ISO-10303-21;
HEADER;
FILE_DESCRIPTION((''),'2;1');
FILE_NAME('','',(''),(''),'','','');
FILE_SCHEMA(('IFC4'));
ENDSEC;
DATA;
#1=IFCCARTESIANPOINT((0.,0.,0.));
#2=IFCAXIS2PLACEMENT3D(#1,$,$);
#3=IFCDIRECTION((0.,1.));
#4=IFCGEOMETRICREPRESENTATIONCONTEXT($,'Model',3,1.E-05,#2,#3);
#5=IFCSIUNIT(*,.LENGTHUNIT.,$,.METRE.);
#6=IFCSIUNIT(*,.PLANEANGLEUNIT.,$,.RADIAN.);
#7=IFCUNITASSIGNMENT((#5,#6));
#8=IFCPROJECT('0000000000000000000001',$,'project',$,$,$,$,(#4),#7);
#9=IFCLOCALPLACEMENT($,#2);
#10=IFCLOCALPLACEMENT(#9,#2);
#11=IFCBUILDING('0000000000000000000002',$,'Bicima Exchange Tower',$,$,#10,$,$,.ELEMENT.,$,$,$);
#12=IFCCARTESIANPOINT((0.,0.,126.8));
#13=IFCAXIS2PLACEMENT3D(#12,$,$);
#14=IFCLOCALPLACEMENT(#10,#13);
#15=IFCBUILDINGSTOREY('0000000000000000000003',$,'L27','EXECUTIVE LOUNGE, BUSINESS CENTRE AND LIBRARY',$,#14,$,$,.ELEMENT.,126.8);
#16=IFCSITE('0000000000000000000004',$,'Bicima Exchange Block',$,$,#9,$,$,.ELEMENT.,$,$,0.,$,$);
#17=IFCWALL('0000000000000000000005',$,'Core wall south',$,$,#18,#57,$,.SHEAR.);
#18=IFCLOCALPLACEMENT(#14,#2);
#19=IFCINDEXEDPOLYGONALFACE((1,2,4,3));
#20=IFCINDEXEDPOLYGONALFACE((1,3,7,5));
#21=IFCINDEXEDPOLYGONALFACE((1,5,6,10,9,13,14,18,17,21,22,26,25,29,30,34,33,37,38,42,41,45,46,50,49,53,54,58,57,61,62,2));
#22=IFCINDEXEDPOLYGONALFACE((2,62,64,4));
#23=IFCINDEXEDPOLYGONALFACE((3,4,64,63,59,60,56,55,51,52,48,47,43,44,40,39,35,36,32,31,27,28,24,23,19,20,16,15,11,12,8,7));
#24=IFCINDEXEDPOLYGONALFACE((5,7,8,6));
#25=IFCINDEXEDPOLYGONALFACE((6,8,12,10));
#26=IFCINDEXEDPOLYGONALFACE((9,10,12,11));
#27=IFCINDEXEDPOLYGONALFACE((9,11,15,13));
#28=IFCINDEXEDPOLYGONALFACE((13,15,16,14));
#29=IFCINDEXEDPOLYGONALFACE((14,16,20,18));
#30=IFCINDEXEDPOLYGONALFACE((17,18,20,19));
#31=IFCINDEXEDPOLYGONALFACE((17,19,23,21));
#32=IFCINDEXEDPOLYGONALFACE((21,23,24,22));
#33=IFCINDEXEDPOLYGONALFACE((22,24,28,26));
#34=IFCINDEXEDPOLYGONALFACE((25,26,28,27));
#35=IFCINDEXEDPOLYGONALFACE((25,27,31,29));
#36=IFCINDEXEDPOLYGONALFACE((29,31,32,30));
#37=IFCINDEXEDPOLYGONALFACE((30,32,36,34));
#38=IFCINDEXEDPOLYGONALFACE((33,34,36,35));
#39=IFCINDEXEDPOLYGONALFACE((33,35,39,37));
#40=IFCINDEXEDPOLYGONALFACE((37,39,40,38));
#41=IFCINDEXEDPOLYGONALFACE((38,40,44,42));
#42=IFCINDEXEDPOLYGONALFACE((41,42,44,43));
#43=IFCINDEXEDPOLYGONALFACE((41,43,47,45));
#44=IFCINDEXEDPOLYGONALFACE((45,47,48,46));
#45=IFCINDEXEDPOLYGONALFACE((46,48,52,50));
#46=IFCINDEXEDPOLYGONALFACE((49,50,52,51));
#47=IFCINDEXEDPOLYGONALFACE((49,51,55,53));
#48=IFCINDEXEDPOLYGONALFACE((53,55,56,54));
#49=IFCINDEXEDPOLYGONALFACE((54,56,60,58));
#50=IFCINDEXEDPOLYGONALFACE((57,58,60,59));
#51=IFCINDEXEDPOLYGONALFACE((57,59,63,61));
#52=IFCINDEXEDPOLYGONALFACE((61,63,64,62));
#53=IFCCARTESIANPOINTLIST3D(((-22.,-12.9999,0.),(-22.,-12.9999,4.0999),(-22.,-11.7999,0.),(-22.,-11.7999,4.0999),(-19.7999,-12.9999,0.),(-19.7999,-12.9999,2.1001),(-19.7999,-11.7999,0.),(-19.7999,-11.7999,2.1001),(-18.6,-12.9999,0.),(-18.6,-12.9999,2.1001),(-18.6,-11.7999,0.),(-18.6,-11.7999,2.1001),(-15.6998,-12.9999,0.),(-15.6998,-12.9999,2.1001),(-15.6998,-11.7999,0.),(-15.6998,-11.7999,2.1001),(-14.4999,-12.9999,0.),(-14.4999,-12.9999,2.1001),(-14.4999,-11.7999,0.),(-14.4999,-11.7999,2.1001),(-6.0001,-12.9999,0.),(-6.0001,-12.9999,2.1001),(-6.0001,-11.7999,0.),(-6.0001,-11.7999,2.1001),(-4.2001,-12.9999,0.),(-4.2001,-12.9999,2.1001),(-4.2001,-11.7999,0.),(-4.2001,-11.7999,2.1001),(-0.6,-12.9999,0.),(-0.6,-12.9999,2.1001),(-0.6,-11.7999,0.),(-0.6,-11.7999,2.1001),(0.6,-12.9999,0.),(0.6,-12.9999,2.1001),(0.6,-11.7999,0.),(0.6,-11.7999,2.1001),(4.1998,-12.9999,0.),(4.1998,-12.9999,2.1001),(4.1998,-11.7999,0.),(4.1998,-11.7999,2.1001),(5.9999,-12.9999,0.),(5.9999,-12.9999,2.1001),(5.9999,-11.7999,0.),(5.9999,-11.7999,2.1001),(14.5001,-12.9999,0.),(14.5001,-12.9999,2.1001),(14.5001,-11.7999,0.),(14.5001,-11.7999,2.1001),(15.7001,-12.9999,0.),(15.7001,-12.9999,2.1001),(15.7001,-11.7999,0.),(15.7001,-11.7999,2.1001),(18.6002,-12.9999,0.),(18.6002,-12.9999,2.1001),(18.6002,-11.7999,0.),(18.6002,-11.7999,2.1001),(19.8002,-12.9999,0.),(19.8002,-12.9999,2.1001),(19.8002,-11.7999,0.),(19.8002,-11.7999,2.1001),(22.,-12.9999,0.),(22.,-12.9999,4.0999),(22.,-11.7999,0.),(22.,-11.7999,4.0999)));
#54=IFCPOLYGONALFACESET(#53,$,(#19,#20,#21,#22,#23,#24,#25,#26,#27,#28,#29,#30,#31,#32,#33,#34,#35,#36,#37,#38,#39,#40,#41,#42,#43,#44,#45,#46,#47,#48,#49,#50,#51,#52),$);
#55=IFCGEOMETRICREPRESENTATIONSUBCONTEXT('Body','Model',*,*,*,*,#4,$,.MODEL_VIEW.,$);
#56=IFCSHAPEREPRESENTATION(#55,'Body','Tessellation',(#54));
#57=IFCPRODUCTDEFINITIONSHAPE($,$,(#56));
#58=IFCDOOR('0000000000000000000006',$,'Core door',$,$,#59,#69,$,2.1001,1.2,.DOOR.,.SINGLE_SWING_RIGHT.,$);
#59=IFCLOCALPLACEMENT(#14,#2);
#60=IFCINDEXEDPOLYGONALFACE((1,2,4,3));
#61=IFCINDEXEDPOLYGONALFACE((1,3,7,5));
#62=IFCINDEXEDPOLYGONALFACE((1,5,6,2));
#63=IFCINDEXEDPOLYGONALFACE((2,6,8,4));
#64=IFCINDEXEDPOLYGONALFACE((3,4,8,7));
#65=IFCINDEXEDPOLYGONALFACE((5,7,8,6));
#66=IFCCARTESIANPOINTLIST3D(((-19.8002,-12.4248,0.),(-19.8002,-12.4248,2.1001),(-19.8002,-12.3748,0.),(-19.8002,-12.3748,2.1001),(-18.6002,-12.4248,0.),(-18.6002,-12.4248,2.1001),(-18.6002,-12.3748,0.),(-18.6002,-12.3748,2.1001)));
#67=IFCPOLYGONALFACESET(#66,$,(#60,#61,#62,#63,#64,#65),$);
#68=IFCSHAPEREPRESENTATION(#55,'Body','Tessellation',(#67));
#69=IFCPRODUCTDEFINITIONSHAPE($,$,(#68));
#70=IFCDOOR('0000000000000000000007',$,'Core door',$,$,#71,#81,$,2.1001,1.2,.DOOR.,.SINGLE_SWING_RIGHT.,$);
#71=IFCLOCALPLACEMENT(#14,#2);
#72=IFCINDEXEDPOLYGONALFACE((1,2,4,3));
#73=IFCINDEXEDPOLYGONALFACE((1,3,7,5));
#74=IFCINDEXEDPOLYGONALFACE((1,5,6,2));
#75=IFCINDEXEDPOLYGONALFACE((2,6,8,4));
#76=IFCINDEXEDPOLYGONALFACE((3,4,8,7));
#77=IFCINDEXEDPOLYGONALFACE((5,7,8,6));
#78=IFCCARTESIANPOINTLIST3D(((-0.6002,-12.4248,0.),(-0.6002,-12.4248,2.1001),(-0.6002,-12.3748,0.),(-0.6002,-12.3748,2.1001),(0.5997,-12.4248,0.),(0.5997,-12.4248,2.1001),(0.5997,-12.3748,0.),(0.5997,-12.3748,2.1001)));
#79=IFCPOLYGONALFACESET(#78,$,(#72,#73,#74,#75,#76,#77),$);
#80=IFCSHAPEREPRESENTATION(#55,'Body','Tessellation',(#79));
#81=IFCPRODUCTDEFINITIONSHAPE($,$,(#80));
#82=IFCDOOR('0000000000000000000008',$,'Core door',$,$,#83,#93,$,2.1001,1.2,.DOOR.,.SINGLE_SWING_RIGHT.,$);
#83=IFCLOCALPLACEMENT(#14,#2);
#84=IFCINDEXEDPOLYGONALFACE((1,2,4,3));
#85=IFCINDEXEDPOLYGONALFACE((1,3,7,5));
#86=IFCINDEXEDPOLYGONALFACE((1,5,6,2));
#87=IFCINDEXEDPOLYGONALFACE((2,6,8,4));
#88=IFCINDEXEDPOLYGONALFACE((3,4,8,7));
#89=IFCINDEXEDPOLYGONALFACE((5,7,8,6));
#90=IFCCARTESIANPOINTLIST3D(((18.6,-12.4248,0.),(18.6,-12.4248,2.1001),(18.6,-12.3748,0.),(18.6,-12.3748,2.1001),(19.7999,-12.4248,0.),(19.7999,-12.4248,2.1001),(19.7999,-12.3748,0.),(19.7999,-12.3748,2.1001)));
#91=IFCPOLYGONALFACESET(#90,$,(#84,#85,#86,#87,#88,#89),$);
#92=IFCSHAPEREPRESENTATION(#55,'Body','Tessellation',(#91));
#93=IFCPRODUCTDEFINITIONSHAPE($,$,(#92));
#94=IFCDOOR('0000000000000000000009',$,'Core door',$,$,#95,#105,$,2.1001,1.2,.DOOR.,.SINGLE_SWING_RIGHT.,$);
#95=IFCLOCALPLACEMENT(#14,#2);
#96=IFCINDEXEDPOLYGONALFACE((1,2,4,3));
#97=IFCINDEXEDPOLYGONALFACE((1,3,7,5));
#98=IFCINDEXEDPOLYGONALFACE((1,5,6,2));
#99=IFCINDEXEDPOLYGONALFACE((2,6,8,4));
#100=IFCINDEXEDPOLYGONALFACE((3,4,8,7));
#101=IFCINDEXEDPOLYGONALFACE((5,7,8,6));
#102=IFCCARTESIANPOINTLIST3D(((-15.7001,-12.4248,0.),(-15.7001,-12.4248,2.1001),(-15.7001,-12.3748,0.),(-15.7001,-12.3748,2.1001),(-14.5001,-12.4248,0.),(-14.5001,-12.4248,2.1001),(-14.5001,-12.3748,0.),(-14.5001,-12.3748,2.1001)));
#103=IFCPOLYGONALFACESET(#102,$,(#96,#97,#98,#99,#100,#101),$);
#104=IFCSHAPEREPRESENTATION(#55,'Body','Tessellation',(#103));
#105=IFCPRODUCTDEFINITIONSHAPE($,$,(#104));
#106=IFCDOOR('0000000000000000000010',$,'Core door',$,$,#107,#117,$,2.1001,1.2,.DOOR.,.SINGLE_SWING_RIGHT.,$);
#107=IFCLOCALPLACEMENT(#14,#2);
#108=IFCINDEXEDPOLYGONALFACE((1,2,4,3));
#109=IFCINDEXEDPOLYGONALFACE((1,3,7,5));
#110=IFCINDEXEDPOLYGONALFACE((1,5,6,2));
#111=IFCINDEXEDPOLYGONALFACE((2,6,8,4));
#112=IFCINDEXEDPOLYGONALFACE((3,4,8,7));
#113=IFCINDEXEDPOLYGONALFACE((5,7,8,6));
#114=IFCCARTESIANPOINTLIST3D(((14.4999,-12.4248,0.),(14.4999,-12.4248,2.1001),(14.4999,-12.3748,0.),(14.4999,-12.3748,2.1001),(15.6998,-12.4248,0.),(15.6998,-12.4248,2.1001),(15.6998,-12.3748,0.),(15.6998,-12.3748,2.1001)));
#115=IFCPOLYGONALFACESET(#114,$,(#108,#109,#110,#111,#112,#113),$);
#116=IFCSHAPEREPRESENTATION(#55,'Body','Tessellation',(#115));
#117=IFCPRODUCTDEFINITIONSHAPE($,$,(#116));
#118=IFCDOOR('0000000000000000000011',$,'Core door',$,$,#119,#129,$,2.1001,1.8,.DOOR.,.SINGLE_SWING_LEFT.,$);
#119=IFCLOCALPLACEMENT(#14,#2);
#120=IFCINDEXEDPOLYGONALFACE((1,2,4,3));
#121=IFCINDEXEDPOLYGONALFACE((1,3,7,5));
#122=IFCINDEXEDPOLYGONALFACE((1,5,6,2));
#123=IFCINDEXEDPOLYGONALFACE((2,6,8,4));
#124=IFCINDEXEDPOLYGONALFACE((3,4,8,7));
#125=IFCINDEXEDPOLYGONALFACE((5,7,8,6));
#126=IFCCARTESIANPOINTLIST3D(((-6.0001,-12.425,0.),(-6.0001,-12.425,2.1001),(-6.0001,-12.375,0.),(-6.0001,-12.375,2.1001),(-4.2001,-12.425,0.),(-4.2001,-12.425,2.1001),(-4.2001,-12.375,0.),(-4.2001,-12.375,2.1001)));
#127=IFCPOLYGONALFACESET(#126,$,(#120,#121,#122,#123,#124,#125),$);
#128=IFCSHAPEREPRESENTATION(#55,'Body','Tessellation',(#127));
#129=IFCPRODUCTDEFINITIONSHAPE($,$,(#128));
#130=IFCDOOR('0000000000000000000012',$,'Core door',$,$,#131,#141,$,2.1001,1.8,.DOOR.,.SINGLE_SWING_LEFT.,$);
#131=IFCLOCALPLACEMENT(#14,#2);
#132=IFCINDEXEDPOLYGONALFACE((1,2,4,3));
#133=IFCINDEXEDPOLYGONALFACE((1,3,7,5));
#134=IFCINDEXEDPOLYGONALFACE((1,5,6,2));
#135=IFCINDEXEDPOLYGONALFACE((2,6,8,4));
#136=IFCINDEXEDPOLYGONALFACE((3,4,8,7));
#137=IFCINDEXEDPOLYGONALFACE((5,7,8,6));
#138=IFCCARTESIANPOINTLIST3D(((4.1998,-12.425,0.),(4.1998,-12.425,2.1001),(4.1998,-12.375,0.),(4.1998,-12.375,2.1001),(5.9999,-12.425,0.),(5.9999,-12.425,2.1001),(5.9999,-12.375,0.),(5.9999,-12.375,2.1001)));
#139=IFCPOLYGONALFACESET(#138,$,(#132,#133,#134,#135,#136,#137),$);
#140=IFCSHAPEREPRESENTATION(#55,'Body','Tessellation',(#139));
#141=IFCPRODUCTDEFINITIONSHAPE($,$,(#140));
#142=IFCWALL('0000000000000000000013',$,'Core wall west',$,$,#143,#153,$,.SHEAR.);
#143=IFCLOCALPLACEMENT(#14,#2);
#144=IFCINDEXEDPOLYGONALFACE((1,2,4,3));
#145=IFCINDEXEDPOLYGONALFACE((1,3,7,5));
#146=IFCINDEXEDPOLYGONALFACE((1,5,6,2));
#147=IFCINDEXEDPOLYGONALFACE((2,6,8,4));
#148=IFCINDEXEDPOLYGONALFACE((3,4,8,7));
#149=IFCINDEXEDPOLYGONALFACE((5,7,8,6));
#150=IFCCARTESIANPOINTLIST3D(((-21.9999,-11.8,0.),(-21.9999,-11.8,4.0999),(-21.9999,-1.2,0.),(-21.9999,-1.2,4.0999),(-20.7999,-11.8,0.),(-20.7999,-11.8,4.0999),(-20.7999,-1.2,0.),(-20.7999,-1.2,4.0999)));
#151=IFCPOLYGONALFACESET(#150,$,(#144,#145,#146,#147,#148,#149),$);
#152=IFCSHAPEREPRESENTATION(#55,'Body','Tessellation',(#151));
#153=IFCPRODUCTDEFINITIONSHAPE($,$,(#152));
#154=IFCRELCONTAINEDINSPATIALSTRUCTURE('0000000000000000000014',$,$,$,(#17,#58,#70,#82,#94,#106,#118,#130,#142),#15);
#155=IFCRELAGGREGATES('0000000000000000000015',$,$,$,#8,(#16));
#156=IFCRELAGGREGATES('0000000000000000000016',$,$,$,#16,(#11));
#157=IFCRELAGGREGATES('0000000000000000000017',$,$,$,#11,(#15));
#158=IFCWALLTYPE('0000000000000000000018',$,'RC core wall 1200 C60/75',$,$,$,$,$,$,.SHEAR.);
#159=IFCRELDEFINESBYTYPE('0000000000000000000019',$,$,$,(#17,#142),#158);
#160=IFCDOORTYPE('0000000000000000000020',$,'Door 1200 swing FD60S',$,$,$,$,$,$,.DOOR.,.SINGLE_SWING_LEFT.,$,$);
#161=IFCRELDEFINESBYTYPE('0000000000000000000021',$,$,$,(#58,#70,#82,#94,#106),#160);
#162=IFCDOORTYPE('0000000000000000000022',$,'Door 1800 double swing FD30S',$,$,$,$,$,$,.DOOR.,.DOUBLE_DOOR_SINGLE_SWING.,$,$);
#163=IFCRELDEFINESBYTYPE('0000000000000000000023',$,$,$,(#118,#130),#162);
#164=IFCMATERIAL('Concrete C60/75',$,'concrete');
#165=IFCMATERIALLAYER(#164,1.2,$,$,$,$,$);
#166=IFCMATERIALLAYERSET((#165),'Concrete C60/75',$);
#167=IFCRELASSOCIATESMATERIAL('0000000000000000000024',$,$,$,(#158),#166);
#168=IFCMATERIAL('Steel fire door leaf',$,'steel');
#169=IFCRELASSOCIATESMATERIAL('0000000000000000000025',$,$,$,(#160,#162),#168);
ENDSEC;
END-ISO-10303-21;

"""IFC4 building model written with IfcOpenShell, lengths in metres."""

from ifc_helpers import new_model, si_unit, direction, frame, frame_2d, origin, place, context, subcontext, project, spatial, rectangle, extrude, material, layer, layer_set, type_object, element, fill, save


model = new_model("IFC4")

# Units and contexts
model_context = context("Model", 3, precision=1e-05, world=origin(), true_north=direction((0.0, 1.0)))
body_context = subcontext(model_context, "Body", "Model", "MODEL_VIEW")
ifc_project = project(units=[si_unit("LENGTHUNIT", "METRE"), si_unit("PLANEANGLEUNIT", "RADIAN")], contexts=[model_context])

# Site, building, storey
site_placement = place(None, origin())
site = spatial("IfcSite", under=ifc_project, at=site_placement, Name="Bicima Exchange Block", CompositionType="ELEMENT", RefElevation=0.0)
building_placement = place(site_placement, origin())
building = spatial("IfcBuilding", under=site, at=building_placement, Name="Bicima Exchange Tower", CompositionType="ELEMENT")
storey_placement = place(building_placement, frame((0.0, 0.0, 126.8)))
storey = spatial("IfcBuildingStorey", under=building, at=storey_placement, Name="L27", Description="EXECUTIVE LOUNGE, BUSINESS CENTRE AND LIBRARY", CompositionType="ELEMENT", Elevation=126.8)

# Wall, openings, doors
ifc_material_1 = material(Name="Concrete C60/75", Category="concrete")
ifc_layer_1 = layer(ifc_material_1, 1.2)
ifc_layer_set_1 = layer_set([ifc_layer_1], Name="Concrete C60/75")
wall_type_1 = type_object("IfcWallType", Name="RC core wall 1200 C60/75", PredefinedType="SHEAR", material=ifc_layer_set_1)
wall_1_placement = place(storey_placement, frame((-22.0, -12.3999, 0.0), z_axis=(0.0, 0.0, 1.0), x_axis=(1.0, 0.0, 0.0)))
wall_1 = element("IfcWall", 1, at=wall_1_placement, inside=storey, type_object=wall_type_1, Name="Core wall south", PredefinedType="SHEAR", context=body_context, shape_type="SweptSolid", body=[
    extrude(rectangle(XDim=44.0, YDim=1.2, at=frame_2d((22.0, 0.0))), origin(), (0.0, 0.0, 1.0), 4.0999),
])
opening_1_placement = place(wall_1_placement, frame((2.2, 0.0, 0.0)))
opening_1 = element("IfcOpeningElement", 2, at=opening_1_placement, cuts=wall_1, PredefinedType="OPENING", context=body_context, shape_type="SweptSolid", body=[
    extrude(rectangle(XDim=1.2, YDim=2.1001, at=frame_2d((0.6001, 1.05))), frame((0.0, 0.6118, 0.0), z_axis=(0.0, -1.0, 0.0), x_axis=(1.0, 0.0, 0.0)), (0.0, 0.0, 1.0), 1.2239),
])
opening_2_placement = place(wall_1_placement, frame((21.3999, 0.0, 0.0)))
opening_2 = element("IfcOpeningElement", 3, at=opening_2_placement, cuts=wall_1, PredefinedType="OPENING", context=body_context, shape_type="SweptSolid", body=[
    extrude(rectangle(XDim=1.2, YDim=2.1001, at=frame_2d((0.6001, 1.05))), frame((0.0, 0.6118, 0.0), z_axis=(0.0, -1.0, 0.0), x_axis=(1.0, 0.0, 0.0)), (0.0, 0.0, 1.0), 1.2239),
])
opening_3_placement = place(wall_1_placement, frame((40.6001, 0.0, 0.0)))
opening_3 = element("IfcOpeningElement", 4, at=opening_3_placement, cuts=wall_1, PredefinedType="OPENING", context=body_context, shape_type="SweptSolid", body=[
    extrude(rectangle(XDim=1.2, YDim=2.1001, at=frame_2d((0.6001, 1.05))), frame((0.0, 0.6118, 0.0), z_axis=(0.0, -1.0, 0.0), x_axis=(1.0, 0.0, 0.0)), (0.0, 0.0, 1.0), 1.2239),
])
opening_4_placement = place(wall_1_placement, frame((16.0, 0.0, 0.0)))
opening_4 = element("IfcOpeningElement", 5, at=opening_4_placement, cuts=wall_1, PredefinedType="OPENING", context=body_context, shape_type="SweptSolid", body=[
    extrude(rectangle(XDim=1.8, YDim=2.1001, at=frame_2d((0.8999, 1.05))), frame((0.0, 0.6118, 0.0), z_axis=(0.0, -1.0, 0.0), x_axis=(1.0, 0.0, 0.0)), (0.0, 0.0, 1.0), 1.2239),
])
opening_5_placement = place(wall_1_placement, frame((6.3, 0.0, 0.0)))
opening_5 = element("IfcOpeningElement", 6, at=opening_5_placement, cuts=wall_1, PredefinedType="OPENING", context=body_context, shape_type="SweptSolid", body=[
    extrude(rectangle(XDim=1.2, YDim=2.1001, at=frame_2d((0.6001, 1.05))), frame((0.0, 0.6118, 0.0), z_axis=(0.0, -1.0, 0.0), x_axis=(1.0, 0.0, 0.0)), (0.0, 0.0, 1.0), 1.2239),
])
opening_6_placement = place(wall_1_placement, frame((26.2, 0.0, 0.0)))
opening_6 = element("IfcOpeningElement", 7, at=opening_6_placement, cuts=wall_1, PredefinedType="OPENING", context=body_context, shape_type="SweptSolid", body=[
    extrude(rectangle(XDim=1.8, YDim=2.1001, at=frame_2d((0.8999, 1.05))), frame((0.0, 0.6118, 0.0), z_axis=(0.0, -1.0, 0.0), x_axis=(1.0, 0.0, 0.0)), (0.0, 0.0, 1.0), 1.2239),
])
opening_7_placement = place(wall_1_placement, frame((36.5, 0.0, 0.0)))
opening_7 = element("IfcOpeningElement", 8, at=opening_7_placement, cuts=wall_1, PredefinedType="OPENING", context=body_context, shape_type="SweptSolid", body=[
    extrude(rectangle(XDim=1.2, YDim=2.1001, at=frame_2d((0.6001, 1.05))), frame((0.0, 0.6118, 0.0), z_axis=(0.0, -1.0, 0.0), x_axis=(1.0, 0.0, 0.0)), (0.0, 0.0, 1.0), 1.2239),
])
ifc_material_2 = material(Name="Steel fire door leaf", Category="steel")
door_type_1 = type_object("IfcDoorType", Name="Door 1200 swing FD60S", OperationType="SINGLE_SWING_LEFT", PredefinedType="DOOR", material=ifc_material_2)
door_1_placement = place(opening_1_placement, frame((1.2, 0.0, 0.0), z_axis=(0.0, 0.0, 1.0), x_axis=(-1.0, 0.0, 0.0)))
door_1 = element("IfcDoor", 9, at=door_1_placement, inside=storey, type_object=door_type_1, Name="Core door", OperationType="SINGLE_SWING_RIGHT", OverallHeight=2.1001, OverallWidth=1.2, PredefinedType="DOOR", context=body_context, shape_type="SweptSolid", body=[
    extrude(rectangle(XDim=1.2, YDim=2.1001, at=frame_2d((0.6001, 1.05))), frame((0.0, 0.0249, 0.0), z_axis=(0.0, -1.0, 0.0), x_axis=(1.0, 0.0, 0.0)), (0.0, 0.0, 1.0), 0.05),
])
fill(opening_1, door_1)
door_2_placement = place(opening_2_placement, frame((1.2, 0.0, 0.0), z_axis=(0.0, 0.0, 1.0), x_axis=(-1.0, 0.0, 0.0)))
door_2 = element("IfcDoor", 10, at=door_2_placement, inside=storey, type_object=door_type_1, Name="Core door", OperationType="SINGLE_SWING_RIGHT", OverallHeight=2.1001, OverallWidth=1.2, PredefinedType="DOOR", context=body_context, shape_type="SweptSolid", body=[
    extrude(rectangle(XDim=1.2, YDim=2.1001, at=frame_2d((0.6001, 1.05))), frame((0.0, 0.0249, 0.0), z_axis=(0.0, -1.0, 0.0), x_axis=(1.0, 0.0, 0.0)), (0.0, 0.0, 1.0), 0.05),
])
fill(opening_2, door_2)
door_3_placement = place(opening_3_placement, frame((1.2, 0.0, 0.0), z_axis=(0.0, 0.0, 1.0), x_axis=(-1.0, 0.0, 0.0)))
door_3 = element("IfcDoor", 11, at=door_3_placement, inside=storey, type_object=door_type_1, Name="Core door", OperationType="SINGLE_SWING_RIGHT", OverallHeight=2.1001, OverallWidth=1.2, PredefinedType="DOOR", context=body_context, shape_type="SweptSolid", body=[
    extrude(rectangle(XDim=1.2, YDim=2.1001, at=frame_2d((0.6001, 1.05))), frame((0.0, 0.0249, 0.0), z_axis=(0.0, -1.0, 0.0), x_axis=(1.0, 0.0, 0.0)), (0.0, 0.0, 1.0), 0.05),
])
fill(opening_3, door_3)
door_4_placement = place(opening_5_placement, frame((1.2, 0.0, 0.0), z_axis=(0.0, 0.0, 1.0), x_axis=(-1.0, 0.0, 0.0)))
door_4 = element("IfcDoor", 12, at=door_4_placement, inside=storey, type_object=door_type_1, Name="Core door", OperationType="SINGLE_SWING_RIGHT", OverallHeight=2.1001, OverallWidth=1.2, PredefinedType="DOOR", context=body_context, shape_type="SweptSolid", body=[
    extrude(rectangle(XDim=1.2, YDim=2.1001, at=frame_2d((0.6001, 1.05))), frame((0.0, 0.0249, 0.0), z_axis=(0.0, -1.0, 0.0), x_axis=(1.0, 0.0, 0.0)), (0.0, 0.0, 1.0), 0.05),
])
fill(opening_5, door_4)
door_5_placement = place(opening_7_placement, frame((1.2, 0.0, 0.0), z_axis=(0.0, 0.0, 1.0), x_axis=(-1.0, 0.0, 0.0)))
door_5 = element("IfcDoor", 13, at=door_5_placement, inside=storey, type_object=door_type_1, Name="Core door", OperationType="SINGLE_SWING_RIGHT", OverallHeight=2.1001, OverallWidth=1.2, PredefinedType="DOOR", context=body_context, shape_type="SweptSolid", body=[
    extrude(rectangle(XDim=1.2, YDim=2.1001, at=frame_2d((0.6001, 1.05))), frame((0.0, 0.0249, 0.0), z_axis=(0.0, -1.0, 0.0), x_axis=(1.0, 0.0, 0.0)), (0.0, 0.0, 1.0), 0.05),
])
fill(opening_7, door_5)
door_type_2 = type_object("IfcDoorType", Name="Door 1800 double swing FD30S", OperationType="DOUBLE_DOOR_SINGLE_SWING", PredefinedType="DOOR", material=ifc_material_2)
door_6_placement = place(opening_4_placement, origin())
door_6 = element("IfcDoor", 14, at=door_6_placement, inside=storey, type_object=door_type_2, Name="Core door", OperationType="SINGLE_SWING_LEFT", OverallHeight=2.1001, OverallWidth=1.8, PredefinedType="DOOR", context=body_context, shape_type="SweptSolid", body=[
    extrude(rectangle(XDim=1.8, YDim=2.1001, at=frame_2d((0.8999, 1.05))), frame((0.0, 0.0249, 0.0), z_axis=(0.0, -1.0, 0.0), x_axis=(1.0, 0.0, 0.0)), (0.0, 0.0, 1.0), 0.05),
])
fill(opening_4, door_6)
door_7_placement = place(opening_6_placement, origin())
door_7 = element("IfcDoor", 15, at=door_7_placement, inside=storey, type_object=door_type_2, Name="Core door", OperationType="SINGLE_SWING_LEFT", OverallHeight=2.1001, OverallWidth=1.8, PredefinedType="DOOR", context=body_context, shape_type="SweptSolid", body=[
    extrude(rectangle(XDim=1.8, YDim=2.1001, at=frame_2d((0.8999, 1.05))), frame((0.0, 0.0249, 0.0), z_axis=(0.0, -1.0, 0.0), x_axis=(1.0, 0.0, 0.0)), (0.0, 0.0, 1.0), 0.05),
])
fill(opening_6, door_7)

# Wall
wall_2_placement = place(storey_placement, frame((-21.3999, -11.8, 0.0), z_axis=(0.0, 0.0, 1.0), x_axis=(0.0, 1.0, 0.0)))
element("IfcWall", 16, at=wall_2_placement, inside=storey, type_object=wall_type_1, Name="Core wall west", PredefinedType="SHEAR", context=body_context, shape_type="SweptSolid", body=[
    extrude(rectangle(XDim=10.6001, YDim=1.2, at=frame_2d((5.3, 0.0))), origin(), (0.0, 0.0, 1.0), 4.0999),
])

save(model, "model.ifc")
